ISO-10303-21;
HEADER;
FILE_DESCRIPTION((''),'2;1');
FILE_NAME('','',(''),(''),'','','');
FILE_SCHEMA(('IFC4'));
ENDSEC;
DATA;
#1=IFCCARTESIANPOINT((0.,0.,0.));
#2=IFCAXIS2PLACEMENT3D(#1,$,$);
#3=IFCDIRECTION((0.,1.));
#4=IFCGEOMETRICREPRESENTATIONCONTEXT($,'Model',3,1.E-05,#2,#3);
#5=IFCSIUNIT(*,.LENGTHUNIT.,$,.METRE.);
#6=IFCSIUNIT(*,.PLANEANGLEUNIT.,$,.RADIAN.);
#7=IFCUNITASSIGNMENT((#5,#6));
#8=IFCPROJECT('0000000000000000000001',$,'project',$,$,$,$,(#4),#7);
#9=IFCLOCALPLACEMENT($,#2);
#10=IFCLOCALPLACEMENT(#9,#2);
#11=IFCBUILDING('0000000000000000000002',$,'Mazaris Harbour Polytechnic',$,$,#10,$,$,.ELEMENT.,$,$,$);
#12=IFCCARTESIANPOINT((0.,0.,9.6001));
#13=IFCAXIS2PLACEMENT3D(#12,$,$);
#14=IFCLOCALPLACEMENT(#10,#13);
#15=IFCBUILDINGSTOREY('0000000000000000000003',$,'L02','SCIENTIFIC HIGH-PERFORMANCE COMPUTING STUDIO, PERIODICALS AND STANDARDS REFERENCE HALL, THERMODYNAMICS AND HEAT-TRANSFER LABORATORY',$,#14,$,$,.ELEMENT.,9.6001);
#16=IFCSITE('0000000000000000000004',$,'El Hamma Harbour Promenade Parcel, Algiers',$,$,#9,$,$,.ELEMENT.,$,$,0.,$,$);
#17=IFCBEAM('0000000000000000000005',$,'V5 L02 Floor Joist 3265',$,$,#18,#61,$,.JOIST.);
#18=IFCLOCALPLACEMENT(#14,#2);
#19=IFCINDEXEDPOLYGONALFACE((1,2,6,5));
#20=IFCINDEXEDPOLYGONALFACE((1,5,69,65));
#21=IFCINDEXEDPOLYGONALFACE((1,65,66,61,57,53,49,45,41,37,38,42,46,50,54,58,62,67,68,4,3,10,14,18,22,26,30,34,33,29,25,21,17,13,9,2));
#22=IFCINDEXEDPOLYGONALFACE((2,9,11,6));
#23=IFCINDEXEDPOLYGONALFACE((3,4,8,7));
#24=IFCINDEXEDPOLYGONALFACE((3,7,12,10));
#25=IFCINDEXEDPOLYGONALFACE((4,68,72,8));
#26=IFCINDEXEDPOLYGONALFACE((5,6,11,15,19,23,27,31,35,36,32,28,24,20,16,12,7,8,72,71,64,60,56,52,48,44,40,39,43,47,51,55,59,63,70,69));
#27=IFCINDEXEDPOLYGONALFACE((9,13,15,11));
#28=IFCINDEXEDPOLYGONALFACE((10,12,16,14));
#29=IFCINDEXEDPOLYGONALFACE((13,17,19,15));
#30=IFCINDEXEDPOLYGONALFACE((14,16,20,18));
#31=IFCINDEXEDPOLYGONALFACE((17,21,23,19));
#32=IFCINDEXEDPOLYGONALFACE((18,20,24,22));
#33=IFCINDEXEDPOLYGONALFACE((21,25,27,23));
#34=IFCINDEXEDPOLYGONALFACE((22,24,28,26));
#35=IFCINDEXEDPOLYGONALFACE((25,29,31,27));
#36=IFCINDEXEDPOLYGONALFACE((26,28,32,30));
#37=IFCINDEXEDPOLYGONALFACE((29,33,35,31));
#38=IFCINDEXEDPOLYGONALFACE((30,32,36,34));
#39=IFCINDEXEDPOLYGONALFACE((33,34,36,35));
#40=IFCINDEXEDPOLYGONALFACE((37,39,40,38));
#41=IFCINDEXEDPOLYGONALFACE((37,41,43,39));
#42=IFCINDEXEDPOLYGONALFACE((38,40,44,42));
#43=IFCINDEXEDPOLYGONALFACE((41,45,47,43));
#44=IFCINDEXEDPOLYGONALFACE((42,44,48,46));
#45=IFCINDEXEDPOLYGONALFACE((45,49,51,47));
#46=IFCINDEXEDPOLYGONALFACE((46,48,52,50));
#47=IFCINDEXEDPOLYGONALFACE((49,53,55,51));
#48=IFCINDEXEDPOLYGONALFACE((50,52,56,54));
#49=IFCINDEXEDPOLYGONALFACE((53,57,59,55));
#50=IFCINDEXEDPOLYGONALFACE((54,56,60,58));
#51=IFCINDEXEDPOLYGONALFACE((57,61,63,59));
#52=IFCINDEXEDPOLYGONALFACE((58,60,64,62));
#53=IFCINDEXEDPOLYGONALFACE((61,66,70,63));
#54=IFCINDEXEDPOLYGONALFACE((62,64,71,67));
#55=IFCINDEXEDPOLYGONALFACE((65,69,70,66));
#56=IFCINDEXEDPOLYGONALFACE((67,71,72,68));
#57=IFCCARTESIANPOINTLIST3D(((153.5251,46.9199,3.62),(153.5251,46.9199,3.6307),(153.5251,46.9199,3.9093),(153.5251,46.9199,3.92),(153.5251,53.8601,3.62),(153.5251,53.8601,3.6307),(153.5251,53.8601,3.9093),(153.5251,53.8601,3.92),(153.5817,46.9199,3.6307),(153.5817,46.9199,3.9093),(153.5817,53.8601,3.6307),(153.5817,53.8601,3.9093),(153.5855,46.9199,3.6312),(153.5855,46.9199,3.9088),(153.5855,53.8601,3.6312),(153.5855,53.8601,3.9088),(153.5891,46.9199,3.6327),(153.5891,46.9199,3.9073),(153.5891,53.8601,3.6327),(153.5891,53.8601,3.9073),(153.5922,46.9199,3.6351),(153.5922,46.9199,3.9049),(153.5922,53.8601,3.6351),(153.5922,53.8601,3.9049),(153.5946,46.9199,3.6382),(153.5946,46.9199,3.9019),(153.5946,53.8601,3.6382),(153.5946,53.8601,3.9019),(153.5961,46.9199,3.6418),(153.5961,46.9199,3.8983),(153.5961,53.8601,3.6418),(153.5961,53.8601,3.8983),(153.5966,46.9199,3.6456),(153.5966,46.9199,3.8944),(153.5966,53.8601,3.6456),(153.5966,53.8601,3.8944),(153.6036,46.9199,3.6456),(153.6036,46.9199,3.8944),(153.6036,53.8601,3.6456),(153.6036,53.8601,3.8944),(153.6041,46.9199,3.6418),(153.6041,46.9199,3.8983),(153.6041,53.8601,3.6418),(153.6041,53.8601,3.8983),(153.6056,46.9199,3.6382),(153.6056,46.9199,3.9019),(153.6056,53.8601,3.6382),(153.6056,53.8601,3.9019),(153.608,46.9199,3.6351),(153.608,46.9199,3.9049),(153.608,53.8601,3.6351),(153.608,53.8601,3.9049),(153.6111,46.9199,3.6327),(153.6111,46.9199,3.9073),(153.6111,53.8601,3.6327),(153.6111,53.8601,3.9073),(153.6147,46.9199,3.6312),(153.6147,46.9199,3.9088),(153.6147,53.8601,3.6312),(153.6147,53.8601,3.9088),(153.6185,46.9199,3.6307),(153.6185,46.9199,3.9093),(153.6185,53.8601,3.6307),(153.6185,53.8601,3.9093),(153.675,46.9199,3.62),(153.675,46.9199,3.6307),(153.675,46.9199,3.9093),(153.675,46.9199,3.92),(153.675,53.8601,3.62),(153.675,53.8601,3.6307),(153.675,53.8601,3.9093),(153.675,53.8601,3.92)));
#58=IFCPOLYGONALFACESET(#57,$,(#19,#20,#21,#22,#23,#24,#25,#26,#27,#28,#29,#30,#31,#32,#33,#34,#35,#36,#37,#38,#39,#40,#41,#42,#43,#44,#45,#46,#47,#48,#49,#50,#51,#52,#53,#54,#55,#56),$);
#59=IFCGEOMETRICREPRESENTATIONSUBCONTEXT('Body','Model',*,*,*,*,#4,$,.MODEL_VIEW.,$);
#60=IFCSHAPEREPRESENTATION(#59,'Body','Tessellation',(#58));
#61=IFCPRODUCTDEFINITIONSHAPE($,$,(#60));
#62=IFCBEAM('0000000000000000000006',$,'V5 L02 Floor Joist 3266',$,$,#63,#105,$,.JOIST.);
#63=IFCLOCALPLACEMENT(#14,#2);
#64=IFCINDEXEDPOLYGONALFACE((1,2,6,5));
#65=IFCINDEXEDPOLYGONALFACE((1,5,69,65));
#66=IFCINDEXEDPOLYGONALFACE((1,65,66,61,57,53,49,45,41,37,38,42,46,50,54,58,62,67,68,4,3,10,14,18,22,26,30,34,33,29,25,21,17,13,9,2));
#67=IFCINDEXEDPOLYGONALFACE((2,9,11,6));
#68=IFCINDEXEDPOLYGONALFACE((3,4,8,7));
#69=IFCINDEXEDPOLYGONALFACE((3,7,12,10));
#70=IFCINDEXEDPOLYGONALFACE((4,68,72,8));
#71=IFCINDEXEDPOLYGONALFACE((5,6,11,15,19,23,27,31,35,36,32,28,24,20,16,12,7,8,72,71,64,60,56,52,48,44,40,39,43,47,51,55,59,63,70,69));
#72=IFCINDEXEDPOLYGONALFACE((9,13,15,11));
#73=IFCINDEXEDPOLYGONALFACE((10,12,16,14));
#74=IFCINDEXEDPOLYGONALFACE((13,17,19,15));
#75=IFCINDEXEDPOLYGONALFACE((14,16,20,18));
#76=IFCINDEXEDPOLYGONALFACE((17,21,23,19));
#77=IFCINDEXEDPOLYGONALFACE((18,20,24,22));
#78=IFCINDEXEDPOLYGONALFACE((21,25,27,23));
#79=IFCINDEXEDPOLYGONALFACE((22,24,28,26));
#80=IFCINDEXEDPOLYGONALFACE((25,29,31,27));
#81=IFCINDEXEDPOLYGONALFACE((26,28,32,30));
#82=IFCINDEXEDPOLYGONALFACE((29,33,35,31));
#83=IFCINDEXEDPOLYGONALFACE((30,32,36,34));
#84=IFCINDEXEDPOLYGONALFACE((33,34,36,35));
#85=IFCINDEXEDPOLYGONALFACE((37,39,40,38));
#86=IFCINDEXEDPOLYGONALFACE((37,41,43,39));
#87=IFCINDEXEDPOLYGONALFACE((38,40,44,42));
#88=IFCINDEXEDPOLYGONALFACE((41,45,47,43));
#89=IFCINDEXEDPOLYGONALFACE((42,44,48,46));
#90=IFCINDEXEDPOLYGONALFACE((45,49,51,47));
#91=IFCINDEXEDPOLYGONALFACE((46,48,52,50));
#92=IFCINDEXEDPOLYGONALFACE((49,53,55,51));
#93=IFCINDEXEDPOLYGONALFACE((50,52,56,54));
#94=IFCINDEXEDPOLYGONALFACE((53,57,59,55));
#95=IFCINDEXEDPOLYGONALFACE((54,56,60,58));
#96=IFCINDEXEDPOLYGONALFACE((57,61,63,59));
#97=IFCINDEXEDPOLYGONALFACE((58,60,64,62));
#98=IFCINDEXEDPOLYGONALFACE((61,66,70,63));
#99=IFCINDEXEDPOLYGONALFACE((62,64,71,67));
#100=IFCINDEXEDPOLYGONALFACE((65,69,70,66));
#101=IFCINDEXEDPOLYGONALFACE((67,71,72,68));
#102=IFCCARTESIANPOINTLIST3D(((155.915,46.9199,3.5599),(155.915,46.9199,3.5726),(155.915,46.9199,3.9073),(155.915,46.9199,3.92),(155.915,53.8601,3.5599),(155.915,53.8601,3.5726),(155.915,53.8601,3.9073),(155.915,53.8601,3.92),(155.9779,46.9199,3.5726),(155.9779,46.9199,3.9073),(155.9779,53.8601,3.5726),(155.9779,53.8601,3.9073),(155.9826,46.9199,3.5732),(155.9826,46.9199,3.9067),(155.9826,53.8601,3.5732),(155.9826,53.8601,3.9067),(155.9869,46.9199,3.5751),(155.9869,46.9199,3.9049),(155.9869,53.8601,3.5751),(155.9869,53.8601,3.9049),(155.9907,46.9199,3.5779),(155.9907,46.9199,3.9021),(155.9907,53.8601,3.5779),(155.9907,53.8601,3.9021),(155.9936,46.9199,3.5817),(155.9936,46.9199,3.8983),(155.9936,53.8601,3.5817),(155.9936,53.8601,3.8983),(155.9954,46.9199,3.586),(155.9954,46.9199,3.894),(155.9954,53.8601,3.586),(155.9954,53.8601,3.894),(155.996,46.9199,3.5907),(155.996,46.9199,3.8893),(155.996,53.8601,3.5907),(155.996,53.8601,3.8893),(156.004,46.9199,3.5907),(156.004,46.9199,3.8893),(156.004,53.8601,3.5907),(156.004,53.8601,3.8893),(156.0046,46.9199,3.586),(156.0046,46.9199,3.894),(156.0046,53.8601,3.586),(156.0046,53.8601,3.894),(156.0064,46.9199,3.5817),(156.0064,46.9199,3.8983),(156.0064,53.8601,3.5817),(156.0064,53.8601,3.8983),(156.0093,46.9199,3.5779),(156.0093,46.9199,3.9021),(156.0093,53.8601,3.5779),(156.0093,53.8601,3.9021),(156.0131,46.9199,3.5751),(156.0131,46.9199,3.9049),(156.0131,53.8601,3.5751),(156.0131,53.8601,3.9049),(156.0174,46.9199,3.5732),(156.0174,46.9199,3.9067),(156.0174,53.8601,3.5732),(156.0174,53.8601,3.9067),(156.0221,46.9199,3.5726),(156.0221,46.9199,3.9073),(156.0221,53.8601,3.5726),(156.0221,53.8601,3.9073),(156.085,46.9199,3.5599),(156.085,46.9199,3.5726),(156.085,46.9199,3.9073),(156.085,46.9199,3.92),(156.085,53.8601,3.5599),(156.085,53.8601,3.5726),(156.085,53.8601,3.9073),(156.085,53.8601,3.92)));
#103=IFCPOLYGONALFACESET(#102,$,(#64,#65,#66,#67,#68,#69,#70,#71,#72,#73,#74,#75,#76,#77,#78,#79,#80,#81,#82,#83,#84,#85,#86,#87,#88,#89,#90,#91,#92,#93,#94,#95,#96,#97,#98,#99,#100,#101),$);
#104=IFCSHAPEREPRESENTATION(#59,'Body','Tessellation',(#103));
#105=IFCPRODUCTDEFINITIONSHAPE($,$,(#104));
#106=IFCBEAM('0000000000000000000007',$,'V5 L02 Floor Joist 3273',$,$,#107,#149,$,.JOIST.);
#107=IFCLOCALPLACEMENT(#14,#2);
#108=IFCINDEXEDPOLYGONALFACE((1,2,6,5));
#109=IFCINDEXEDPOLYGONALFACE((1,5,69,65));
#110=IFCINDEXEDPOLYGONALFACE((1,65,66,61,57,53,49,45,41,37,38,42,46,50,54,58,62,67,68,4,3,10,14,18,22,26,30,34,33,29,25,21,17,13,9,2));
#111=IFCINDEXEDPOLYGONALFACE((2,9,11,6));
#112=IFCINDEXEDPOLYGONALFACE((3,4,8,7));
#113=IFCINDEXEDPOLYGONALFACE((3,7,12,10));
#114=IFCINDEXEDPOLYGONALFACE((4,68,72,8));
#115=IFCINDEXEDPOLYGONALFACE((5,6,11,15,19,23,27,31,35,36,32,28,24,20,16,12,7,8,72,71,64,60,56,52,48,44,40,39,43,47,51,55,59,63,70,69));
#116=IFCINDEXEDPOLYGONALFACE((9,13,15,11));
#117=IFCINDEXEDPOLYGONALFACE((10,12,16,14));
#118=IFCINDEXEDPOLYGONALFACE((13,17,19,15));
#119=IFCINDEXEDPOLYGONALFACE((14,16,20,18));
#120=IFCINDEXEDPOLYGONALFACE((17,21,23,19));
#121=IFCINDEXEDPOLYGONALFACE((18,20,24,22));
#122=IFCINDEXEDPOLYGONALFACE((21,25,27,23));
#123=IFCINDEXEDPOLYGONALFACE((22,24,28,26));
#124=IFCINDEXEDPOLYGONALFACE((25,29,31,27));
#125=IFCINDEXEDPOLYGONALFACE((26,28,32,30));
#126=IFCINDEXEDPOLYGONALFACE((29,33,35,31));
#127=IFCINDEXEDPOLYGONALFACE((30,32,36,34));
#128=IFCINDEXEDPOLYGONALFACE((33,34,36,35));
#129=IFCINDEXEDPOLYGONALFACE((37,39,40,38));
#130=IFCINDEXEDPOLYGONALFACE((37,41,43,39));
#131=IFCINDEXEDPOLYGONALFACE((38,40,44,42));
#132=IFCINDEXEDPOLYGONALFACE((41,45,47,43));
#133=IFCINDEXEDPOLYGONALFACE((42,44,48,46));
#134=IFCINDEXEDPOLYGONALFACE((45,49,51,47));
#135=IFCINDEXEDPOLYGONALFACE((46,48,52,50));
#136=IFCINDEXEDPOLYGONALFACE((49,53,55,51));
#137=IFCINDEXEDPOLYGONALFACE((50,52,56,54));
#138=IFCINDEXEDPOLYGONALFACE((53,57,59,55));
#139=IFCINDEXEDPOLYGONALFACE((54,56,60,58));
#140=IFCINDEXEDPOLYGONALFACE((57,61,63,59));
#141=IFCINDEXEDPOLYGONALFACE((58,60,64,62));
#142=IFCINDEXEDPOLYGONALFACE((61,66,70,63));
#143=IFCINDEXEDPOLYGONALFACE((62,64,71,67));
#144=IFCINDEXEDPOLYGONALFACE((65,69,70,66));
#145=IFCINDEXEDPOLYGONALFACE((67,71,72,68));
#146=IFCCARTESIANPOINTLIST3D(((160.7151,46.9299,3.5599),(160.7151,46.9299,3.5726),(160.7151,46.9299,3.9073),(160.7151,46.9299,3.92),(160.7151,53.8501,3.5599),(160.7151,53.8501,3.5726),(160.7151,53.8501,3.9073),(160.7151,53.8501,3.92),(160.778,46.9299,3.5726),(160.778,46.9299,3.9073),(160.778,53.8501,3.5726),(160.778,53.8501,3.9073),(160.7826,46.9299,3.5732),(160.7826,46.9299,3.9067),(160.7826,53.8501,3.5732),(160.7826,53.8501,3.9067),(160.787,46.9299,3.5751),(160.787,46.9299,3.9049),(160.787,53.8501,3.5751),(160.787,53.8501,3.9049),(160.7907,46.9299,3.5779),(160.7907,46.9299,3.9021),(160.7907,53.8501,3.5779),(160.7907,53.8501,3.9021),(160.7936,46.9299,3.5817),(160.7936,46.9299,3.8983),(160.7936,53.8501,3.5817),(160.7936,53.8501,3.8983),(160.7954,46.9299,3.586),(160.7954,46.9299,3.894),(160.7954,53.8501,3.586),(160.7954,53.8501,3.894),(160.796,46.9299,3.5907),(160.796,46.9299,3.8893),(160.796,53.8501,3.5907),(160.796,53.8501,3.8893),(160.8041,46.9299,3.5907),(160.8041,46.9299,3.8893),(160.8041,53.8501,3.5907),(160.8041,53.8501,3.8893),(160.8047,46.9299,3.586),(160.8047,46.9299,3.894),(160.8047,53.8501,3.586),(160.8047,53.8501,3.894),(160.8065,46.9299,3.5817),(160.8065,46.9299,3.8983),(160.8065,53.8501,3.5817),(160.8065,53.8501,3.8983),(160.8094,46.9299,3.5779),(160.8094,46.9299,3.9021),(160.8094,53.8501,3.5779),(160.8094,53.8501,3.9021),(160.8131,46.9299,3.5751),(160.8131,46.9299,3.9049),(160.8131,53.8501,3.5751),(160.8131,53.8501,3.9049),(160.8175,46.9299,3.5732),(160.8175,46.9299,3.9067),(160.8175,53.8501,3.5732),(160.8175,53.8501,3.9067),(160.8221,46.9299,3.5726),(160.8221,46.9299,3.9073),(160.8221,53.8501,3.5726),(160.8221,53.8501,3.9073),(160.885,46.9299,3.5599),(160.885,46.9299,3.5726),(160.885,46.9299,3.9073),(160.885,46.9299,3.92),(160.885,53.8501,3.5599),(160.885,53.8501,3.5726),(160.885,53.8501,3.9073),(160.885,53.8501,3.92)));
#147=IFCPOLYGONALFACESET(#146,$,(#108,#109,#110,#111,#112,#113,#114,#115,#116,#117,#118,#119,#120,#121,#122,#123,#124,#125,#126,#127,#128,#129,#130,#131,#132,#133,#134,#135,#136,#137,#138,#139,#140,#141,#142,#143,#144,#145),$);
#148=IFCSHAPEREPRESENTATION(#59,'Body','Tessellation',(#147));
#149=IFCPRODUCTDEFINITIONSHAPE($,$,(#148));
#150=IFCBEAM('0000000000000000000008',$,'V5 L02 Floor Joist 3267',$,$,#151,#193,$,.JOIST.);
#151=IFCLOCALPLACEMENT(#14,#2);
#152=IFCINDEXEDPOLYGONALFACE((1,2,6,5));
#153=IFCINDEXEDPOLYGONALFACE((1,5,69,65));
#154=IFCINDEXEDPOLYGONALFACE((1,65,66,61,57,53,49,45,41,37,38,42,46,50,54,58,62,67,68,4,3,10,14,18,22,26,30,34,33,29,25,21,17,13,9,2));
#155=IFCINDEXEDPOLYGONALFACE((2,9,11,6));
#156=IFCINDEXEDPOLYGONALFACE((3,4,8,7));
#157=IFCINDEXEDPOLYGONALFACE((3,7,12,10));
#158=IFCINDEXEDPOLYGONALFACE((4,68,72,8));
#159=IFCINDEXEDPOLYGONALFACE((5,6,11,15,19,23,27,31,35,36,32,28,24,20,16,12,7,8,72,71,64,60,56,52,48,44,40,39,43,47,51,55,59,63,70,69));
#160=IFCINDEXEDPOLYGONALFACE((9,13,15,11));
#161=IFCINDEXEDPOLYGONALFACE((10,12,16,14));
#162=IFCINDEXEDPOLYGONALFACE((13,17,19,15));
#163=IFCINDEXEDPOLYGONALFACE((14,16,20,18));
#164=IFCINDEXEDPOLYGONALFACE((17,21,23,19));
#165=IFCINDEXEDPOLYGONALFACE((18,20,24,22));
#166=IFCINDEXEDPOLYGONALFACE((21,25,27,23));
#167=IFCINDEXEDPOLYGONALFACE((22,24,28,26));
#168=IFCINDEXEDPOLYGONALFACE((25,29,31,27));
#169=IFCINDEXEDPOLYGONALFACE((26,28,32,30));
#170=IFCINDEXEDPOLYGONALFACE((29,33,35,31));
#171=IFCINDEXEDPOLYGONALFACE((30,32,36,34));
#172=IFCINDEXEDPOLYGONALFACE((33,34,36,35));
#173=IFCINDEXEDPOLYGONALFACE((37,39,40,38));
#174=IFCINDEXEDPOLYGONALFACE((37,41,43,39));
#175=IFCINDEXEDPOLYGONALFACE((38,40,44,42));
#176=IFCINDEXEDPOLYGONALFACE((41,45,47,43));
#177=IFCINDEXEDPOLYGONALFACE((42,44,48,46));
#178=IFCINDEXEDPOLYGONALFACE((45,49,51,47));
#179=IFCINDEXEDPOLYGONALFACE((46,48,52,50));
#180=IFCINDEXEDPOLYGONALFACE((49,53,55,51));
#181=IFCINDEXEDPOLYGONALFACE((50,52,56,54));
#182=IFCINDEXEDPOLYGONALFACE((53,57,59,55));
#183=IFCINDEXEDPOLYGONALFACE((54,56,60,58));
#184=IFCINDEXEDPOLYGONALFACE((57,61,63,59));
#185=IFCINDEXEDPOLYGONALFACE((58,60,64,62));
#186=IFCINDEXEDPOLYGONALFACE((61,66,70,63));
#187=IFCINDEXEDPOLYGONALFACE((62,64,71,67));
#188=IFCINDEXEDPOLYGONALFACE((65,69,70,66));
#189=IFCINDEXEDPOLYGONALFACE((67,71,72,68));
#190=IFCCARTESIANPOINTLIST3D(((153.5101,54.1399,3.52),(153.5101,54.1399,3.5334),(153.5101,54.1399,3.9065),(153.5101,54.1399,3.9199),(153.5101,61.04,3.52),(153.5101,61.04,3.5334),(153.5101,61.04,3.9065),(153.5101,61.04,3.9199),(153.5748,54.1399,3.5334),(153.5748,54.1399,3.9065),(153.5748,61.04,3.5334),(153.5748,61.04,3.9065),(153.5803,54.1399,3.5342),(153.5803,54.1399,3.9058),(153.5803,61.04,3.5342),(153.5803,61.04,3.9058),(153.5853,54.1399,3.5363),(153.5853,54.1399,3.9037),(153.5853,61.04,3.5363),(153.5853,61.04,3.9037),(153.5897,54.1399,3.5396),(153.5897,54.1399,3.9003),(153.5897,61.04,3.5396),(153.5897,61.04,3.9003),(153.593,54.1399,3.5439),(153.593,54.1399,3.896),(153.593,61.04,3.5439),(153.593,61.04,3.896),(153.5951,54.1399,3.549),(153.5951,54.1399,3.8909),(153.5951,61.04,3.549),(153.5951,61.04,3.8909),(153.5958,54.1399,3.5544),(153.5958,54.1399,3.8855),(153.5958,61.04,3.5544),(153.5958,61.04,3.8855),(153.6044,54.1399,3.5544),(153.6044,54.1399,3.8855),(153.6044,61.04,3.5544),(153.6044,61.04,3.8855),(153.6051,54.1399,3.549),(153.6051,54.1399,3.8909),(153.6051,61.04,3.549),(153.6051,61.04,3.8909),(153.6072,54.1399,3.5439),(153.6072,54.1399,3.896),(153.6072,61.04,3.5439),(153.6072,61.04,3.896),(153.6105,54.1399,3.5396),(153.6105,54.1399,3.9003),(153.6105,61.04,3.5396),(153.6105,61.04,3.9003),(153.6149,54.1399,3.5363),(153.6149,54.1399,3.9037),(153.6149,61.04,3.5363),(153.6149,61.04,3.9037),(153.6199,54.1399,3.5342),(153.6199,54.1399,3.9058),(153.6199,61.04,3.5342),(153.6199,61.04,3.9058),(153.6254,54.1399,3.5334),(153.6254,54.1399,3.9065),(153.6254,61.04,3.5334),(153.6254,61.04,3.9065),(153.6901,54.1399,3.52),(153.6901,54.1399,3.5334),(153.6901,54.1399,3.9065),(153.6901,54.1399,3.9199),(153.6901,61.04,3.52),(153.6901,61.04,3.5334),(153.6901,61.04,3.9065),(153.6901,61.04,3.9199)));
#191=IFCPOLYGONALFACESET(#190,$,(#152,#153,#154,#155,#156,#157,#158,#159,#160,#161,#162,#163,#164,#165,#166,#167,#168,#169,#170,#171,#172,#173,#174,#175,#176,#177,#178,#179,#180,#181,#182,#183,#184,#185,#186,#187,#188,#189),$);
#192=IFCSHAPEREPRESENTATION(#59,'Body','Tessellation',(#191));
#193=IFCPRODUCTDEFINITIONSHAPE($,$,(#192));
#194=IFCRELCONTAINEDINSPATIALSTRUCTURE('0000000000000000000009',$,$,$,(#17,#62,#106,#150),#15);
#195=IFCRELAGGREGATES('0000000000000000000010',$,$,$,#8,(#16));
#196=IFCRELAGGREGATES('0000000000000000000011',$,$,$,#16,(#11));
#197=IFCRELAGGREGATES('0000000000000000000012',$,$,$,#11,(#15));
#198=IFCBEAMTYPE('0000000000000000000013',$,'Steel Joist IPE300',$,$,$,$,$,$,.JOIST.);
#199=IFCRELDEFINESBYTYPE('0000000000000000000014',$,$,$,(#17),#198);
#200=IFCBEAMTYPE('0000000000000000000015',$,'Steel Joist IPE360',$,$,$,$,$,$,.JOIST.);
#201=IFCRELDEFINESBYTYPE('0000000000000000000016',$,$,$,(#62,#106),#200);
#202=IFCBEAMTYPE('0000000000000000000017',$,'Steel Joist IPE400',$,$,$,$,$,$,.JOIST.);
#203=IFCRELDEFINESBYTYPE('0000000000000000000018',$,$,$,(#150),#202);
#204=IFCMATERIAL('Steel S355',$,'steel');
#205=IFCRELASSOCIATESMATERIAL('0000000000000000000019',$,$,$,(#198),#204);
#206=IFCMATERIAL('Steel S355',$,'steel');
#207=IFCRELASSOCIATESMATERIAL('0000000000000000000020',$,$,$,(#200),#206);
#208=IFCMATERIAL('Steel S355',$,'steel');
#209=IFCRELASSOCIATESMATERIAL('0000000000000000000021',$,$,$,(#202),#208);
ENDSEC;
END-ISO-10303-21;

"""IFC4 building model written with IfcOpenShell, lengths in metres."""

from ifc_helpers import new_model, si_unit, direction, frame, origin, origin_2d, place, context, subcontext, project, spatial, i_section, extrude, material, material_profile, profile_set, type_object, element, save


model = new_model("IFC4")

# Units and contexts
model_context = context("Model", 3, precision=1e-05, world=origin(), true_north=direction((0.0, 1.0)))
body_context = subcontext(model_context, "Body", "Model", "MODEL_VIEW")
ifc_project = project(units=[si_unit("LENGTHUNIT", "METRE"), si_unit("PLANEANGLEUNIT", "RADIAN")], contexts=[model_context])

# Site, building, storey
site_placement = place(None, origin())
site = spatial("IfcSite", under=ifc_project, at=site_placement, Name="El Hamma Harbour Promenade Parcel, Algiers", CompositionType="ELEMENT", RefElevation=0.0)
building_placement = place(site_placement, origin())
building = spatial("IfcBuilding", under=site, at=building_placement, Name="Mazaris Harbour Polytechnic", CompositionType="ELEMENT")
storey_placement = place(building_placement, frame((0.0, 0.0, 9.6001)))
storey = spatial("IfcBuildingStorey", under=building, at=storey_placement, Name="L02", Description="SCIENTIFIC HIGH-PERFORMANCE COMPUTING STUDIO, PERIODICALS AND STANDARDS REFERENCE HALL, THERMODYNAMICS AND HEAT-TRANSFER LABORATORY", CompositionType="ELEMENT", Elevation=9.6001)

# Beams
ifc_material_1 = material(Name="Steel S355", Category="steel")
ifc_material_profile_1 = material_profile(ifc_material_1, i_section(OverallWidth=0.1499, OverallDepth=0.3, WebThickness=0.0071, FlangeThickness=0.0107, FilletRadius=0.0149, at=origin_2d()), Name="IPE 300")
ifc_profile_set_1 = profile_set([ifc_material_profile_1], Name="Steel S355")
beam_type_1 = type_object("IfcBeamType", Name="Steel Joist IPE300", PredefinedType="JOIST", material=ifc_profile_set_1)
beam_1_placement = place(storey_placement, frame((153.6001, 46.9199, 3.77), z_axis=(0.0, 1.0, 0.0), x_axis=(-1.0, 0.0, 0.0)))
element("IfcBeam", 1, at=beam_1_placement, inside=storey, type_object=beam_type_1, Name="V5 L02 Floor Joist 3265", PredefinedType="JOIST", context=body_context, shape_type="SweptSolid", body=[
    extrude(i_section(OverallWidth=0.1499, OverallDepth=0.3, WebThickness=0.0071, FlangeThickness=0.0107, FilletRadius=0.0149, at=origin_2d()), origin(), (0.0, 0.0, 1.0), 6.9402),
])
ifc_material_2 = material(Name="Steel S355", Category="steel")
ifc_material_profile_2 = material_profile(ifc_material_2, i_section(OverallWidth=0.1699, OverallDepth=0.3601, WebThickness=0.0081, FlangeThickness=0.0127, FilletRadius=0.0181, at=origin_2d()), Name="IPE 360")
ifc_profile_set_2 = profile_set([ifc_material_profile_2], Name="Steel S355")
beam_type_2 = type_object("IfcBeamType", Name="Steel Joist IPE360", PredefinedType="JOIST", material=ifc_profile_set_2)
beam_2_placement = place(storey_placement, frame((156.0, 46.9199, 3.74), z_axis=(0.0, 1.0, 0.0), x_axis=(-1.0, 0.0, 0.0)))
element("IfcBeam", 2, at=beam_2_placement, inside=storey, type_object=beam_type_2, Name="V5 L02 Floor Joist 3266", PredefinedType="JOIST", context=body_context, shape_type="SweptSolid", body=[
    extrude(i_section(OverallWidth=0.1699, OverallDepth=0.3601, WebThickness=0.0081, FlangeThickness=0.0127, FilletRadius=0.0181, at=origin_2d()), origin(), (0.0, 0.0, 1.0), 6.9402),
])
beam_3_placement = place(storey_placement, frame((160.8, 46.9299, 3.74), z_axis=(0.0, 1.0, 0.0), x_axis=(-1.0, 0.0, 0.0)))
element("IfcBeam", 3, at=beam_3_placement, inside=storey, type_object=beam_type_2, Name="V5 L02 Floor Joist 3273", PredefinedType="JOIST", context=body_context, shape_type="SweptSolid", body=[
    extrude(i_section(OverallWidth=0.1699, OverallDepth=0.3601, WebThickness=0.0081, FlangeThickness=0.0127, FilletRadius=0.0181, at=origin_2d()), origin(), (0.0, 0.0, 1.0), 6.9202),
])
ifc_material_3 = material(Name="Steel S355", Category="steel")
ifc_material_profile_3 = material_profile(ifc_material_3, i_section(OverallWidth=0.1799, OverallDepth=0.3999, WebThickness=0.0085, FlangeThickness=0.0134, FilletRadius=0.021, at=origin_2d()), Name="IPE 400")
ifc_profile_set_3 = profile_set([ifc_material_profile_3], Name="Steel S355")
beam_type_3 = type_object("IfcBeamType", Name="Steel Joist IPE400", PredefinedType="JOIST", material=ifc_profile_set_3)
beam_4_placement = place(storey_placement, frame((153.6001, 54.1399, 3.72), z_axis=(0.0, 1.0, 0.0), x_axis=(-1.0, 0.0, 0.0)))
element("IfcBeam", 4, at=beam_4_placement, inside=storey, type_object=beam_type_3, Name="V5 L02 Floor Joist 3267", PredefinedType="JOIST", context=body_context, shape_type="SweptSolid", body=[
    extrude(i_section(OverallWidth=0.1799, OverallDepth=0.3999, WebThickness=0.0085, FlangeThickness=0.0134, FilletRadius=0.021, at=origin_2d()), origin(), (0.0, 0.0, 1.0), 6.9001),
])

save(model, "model.ifc")
